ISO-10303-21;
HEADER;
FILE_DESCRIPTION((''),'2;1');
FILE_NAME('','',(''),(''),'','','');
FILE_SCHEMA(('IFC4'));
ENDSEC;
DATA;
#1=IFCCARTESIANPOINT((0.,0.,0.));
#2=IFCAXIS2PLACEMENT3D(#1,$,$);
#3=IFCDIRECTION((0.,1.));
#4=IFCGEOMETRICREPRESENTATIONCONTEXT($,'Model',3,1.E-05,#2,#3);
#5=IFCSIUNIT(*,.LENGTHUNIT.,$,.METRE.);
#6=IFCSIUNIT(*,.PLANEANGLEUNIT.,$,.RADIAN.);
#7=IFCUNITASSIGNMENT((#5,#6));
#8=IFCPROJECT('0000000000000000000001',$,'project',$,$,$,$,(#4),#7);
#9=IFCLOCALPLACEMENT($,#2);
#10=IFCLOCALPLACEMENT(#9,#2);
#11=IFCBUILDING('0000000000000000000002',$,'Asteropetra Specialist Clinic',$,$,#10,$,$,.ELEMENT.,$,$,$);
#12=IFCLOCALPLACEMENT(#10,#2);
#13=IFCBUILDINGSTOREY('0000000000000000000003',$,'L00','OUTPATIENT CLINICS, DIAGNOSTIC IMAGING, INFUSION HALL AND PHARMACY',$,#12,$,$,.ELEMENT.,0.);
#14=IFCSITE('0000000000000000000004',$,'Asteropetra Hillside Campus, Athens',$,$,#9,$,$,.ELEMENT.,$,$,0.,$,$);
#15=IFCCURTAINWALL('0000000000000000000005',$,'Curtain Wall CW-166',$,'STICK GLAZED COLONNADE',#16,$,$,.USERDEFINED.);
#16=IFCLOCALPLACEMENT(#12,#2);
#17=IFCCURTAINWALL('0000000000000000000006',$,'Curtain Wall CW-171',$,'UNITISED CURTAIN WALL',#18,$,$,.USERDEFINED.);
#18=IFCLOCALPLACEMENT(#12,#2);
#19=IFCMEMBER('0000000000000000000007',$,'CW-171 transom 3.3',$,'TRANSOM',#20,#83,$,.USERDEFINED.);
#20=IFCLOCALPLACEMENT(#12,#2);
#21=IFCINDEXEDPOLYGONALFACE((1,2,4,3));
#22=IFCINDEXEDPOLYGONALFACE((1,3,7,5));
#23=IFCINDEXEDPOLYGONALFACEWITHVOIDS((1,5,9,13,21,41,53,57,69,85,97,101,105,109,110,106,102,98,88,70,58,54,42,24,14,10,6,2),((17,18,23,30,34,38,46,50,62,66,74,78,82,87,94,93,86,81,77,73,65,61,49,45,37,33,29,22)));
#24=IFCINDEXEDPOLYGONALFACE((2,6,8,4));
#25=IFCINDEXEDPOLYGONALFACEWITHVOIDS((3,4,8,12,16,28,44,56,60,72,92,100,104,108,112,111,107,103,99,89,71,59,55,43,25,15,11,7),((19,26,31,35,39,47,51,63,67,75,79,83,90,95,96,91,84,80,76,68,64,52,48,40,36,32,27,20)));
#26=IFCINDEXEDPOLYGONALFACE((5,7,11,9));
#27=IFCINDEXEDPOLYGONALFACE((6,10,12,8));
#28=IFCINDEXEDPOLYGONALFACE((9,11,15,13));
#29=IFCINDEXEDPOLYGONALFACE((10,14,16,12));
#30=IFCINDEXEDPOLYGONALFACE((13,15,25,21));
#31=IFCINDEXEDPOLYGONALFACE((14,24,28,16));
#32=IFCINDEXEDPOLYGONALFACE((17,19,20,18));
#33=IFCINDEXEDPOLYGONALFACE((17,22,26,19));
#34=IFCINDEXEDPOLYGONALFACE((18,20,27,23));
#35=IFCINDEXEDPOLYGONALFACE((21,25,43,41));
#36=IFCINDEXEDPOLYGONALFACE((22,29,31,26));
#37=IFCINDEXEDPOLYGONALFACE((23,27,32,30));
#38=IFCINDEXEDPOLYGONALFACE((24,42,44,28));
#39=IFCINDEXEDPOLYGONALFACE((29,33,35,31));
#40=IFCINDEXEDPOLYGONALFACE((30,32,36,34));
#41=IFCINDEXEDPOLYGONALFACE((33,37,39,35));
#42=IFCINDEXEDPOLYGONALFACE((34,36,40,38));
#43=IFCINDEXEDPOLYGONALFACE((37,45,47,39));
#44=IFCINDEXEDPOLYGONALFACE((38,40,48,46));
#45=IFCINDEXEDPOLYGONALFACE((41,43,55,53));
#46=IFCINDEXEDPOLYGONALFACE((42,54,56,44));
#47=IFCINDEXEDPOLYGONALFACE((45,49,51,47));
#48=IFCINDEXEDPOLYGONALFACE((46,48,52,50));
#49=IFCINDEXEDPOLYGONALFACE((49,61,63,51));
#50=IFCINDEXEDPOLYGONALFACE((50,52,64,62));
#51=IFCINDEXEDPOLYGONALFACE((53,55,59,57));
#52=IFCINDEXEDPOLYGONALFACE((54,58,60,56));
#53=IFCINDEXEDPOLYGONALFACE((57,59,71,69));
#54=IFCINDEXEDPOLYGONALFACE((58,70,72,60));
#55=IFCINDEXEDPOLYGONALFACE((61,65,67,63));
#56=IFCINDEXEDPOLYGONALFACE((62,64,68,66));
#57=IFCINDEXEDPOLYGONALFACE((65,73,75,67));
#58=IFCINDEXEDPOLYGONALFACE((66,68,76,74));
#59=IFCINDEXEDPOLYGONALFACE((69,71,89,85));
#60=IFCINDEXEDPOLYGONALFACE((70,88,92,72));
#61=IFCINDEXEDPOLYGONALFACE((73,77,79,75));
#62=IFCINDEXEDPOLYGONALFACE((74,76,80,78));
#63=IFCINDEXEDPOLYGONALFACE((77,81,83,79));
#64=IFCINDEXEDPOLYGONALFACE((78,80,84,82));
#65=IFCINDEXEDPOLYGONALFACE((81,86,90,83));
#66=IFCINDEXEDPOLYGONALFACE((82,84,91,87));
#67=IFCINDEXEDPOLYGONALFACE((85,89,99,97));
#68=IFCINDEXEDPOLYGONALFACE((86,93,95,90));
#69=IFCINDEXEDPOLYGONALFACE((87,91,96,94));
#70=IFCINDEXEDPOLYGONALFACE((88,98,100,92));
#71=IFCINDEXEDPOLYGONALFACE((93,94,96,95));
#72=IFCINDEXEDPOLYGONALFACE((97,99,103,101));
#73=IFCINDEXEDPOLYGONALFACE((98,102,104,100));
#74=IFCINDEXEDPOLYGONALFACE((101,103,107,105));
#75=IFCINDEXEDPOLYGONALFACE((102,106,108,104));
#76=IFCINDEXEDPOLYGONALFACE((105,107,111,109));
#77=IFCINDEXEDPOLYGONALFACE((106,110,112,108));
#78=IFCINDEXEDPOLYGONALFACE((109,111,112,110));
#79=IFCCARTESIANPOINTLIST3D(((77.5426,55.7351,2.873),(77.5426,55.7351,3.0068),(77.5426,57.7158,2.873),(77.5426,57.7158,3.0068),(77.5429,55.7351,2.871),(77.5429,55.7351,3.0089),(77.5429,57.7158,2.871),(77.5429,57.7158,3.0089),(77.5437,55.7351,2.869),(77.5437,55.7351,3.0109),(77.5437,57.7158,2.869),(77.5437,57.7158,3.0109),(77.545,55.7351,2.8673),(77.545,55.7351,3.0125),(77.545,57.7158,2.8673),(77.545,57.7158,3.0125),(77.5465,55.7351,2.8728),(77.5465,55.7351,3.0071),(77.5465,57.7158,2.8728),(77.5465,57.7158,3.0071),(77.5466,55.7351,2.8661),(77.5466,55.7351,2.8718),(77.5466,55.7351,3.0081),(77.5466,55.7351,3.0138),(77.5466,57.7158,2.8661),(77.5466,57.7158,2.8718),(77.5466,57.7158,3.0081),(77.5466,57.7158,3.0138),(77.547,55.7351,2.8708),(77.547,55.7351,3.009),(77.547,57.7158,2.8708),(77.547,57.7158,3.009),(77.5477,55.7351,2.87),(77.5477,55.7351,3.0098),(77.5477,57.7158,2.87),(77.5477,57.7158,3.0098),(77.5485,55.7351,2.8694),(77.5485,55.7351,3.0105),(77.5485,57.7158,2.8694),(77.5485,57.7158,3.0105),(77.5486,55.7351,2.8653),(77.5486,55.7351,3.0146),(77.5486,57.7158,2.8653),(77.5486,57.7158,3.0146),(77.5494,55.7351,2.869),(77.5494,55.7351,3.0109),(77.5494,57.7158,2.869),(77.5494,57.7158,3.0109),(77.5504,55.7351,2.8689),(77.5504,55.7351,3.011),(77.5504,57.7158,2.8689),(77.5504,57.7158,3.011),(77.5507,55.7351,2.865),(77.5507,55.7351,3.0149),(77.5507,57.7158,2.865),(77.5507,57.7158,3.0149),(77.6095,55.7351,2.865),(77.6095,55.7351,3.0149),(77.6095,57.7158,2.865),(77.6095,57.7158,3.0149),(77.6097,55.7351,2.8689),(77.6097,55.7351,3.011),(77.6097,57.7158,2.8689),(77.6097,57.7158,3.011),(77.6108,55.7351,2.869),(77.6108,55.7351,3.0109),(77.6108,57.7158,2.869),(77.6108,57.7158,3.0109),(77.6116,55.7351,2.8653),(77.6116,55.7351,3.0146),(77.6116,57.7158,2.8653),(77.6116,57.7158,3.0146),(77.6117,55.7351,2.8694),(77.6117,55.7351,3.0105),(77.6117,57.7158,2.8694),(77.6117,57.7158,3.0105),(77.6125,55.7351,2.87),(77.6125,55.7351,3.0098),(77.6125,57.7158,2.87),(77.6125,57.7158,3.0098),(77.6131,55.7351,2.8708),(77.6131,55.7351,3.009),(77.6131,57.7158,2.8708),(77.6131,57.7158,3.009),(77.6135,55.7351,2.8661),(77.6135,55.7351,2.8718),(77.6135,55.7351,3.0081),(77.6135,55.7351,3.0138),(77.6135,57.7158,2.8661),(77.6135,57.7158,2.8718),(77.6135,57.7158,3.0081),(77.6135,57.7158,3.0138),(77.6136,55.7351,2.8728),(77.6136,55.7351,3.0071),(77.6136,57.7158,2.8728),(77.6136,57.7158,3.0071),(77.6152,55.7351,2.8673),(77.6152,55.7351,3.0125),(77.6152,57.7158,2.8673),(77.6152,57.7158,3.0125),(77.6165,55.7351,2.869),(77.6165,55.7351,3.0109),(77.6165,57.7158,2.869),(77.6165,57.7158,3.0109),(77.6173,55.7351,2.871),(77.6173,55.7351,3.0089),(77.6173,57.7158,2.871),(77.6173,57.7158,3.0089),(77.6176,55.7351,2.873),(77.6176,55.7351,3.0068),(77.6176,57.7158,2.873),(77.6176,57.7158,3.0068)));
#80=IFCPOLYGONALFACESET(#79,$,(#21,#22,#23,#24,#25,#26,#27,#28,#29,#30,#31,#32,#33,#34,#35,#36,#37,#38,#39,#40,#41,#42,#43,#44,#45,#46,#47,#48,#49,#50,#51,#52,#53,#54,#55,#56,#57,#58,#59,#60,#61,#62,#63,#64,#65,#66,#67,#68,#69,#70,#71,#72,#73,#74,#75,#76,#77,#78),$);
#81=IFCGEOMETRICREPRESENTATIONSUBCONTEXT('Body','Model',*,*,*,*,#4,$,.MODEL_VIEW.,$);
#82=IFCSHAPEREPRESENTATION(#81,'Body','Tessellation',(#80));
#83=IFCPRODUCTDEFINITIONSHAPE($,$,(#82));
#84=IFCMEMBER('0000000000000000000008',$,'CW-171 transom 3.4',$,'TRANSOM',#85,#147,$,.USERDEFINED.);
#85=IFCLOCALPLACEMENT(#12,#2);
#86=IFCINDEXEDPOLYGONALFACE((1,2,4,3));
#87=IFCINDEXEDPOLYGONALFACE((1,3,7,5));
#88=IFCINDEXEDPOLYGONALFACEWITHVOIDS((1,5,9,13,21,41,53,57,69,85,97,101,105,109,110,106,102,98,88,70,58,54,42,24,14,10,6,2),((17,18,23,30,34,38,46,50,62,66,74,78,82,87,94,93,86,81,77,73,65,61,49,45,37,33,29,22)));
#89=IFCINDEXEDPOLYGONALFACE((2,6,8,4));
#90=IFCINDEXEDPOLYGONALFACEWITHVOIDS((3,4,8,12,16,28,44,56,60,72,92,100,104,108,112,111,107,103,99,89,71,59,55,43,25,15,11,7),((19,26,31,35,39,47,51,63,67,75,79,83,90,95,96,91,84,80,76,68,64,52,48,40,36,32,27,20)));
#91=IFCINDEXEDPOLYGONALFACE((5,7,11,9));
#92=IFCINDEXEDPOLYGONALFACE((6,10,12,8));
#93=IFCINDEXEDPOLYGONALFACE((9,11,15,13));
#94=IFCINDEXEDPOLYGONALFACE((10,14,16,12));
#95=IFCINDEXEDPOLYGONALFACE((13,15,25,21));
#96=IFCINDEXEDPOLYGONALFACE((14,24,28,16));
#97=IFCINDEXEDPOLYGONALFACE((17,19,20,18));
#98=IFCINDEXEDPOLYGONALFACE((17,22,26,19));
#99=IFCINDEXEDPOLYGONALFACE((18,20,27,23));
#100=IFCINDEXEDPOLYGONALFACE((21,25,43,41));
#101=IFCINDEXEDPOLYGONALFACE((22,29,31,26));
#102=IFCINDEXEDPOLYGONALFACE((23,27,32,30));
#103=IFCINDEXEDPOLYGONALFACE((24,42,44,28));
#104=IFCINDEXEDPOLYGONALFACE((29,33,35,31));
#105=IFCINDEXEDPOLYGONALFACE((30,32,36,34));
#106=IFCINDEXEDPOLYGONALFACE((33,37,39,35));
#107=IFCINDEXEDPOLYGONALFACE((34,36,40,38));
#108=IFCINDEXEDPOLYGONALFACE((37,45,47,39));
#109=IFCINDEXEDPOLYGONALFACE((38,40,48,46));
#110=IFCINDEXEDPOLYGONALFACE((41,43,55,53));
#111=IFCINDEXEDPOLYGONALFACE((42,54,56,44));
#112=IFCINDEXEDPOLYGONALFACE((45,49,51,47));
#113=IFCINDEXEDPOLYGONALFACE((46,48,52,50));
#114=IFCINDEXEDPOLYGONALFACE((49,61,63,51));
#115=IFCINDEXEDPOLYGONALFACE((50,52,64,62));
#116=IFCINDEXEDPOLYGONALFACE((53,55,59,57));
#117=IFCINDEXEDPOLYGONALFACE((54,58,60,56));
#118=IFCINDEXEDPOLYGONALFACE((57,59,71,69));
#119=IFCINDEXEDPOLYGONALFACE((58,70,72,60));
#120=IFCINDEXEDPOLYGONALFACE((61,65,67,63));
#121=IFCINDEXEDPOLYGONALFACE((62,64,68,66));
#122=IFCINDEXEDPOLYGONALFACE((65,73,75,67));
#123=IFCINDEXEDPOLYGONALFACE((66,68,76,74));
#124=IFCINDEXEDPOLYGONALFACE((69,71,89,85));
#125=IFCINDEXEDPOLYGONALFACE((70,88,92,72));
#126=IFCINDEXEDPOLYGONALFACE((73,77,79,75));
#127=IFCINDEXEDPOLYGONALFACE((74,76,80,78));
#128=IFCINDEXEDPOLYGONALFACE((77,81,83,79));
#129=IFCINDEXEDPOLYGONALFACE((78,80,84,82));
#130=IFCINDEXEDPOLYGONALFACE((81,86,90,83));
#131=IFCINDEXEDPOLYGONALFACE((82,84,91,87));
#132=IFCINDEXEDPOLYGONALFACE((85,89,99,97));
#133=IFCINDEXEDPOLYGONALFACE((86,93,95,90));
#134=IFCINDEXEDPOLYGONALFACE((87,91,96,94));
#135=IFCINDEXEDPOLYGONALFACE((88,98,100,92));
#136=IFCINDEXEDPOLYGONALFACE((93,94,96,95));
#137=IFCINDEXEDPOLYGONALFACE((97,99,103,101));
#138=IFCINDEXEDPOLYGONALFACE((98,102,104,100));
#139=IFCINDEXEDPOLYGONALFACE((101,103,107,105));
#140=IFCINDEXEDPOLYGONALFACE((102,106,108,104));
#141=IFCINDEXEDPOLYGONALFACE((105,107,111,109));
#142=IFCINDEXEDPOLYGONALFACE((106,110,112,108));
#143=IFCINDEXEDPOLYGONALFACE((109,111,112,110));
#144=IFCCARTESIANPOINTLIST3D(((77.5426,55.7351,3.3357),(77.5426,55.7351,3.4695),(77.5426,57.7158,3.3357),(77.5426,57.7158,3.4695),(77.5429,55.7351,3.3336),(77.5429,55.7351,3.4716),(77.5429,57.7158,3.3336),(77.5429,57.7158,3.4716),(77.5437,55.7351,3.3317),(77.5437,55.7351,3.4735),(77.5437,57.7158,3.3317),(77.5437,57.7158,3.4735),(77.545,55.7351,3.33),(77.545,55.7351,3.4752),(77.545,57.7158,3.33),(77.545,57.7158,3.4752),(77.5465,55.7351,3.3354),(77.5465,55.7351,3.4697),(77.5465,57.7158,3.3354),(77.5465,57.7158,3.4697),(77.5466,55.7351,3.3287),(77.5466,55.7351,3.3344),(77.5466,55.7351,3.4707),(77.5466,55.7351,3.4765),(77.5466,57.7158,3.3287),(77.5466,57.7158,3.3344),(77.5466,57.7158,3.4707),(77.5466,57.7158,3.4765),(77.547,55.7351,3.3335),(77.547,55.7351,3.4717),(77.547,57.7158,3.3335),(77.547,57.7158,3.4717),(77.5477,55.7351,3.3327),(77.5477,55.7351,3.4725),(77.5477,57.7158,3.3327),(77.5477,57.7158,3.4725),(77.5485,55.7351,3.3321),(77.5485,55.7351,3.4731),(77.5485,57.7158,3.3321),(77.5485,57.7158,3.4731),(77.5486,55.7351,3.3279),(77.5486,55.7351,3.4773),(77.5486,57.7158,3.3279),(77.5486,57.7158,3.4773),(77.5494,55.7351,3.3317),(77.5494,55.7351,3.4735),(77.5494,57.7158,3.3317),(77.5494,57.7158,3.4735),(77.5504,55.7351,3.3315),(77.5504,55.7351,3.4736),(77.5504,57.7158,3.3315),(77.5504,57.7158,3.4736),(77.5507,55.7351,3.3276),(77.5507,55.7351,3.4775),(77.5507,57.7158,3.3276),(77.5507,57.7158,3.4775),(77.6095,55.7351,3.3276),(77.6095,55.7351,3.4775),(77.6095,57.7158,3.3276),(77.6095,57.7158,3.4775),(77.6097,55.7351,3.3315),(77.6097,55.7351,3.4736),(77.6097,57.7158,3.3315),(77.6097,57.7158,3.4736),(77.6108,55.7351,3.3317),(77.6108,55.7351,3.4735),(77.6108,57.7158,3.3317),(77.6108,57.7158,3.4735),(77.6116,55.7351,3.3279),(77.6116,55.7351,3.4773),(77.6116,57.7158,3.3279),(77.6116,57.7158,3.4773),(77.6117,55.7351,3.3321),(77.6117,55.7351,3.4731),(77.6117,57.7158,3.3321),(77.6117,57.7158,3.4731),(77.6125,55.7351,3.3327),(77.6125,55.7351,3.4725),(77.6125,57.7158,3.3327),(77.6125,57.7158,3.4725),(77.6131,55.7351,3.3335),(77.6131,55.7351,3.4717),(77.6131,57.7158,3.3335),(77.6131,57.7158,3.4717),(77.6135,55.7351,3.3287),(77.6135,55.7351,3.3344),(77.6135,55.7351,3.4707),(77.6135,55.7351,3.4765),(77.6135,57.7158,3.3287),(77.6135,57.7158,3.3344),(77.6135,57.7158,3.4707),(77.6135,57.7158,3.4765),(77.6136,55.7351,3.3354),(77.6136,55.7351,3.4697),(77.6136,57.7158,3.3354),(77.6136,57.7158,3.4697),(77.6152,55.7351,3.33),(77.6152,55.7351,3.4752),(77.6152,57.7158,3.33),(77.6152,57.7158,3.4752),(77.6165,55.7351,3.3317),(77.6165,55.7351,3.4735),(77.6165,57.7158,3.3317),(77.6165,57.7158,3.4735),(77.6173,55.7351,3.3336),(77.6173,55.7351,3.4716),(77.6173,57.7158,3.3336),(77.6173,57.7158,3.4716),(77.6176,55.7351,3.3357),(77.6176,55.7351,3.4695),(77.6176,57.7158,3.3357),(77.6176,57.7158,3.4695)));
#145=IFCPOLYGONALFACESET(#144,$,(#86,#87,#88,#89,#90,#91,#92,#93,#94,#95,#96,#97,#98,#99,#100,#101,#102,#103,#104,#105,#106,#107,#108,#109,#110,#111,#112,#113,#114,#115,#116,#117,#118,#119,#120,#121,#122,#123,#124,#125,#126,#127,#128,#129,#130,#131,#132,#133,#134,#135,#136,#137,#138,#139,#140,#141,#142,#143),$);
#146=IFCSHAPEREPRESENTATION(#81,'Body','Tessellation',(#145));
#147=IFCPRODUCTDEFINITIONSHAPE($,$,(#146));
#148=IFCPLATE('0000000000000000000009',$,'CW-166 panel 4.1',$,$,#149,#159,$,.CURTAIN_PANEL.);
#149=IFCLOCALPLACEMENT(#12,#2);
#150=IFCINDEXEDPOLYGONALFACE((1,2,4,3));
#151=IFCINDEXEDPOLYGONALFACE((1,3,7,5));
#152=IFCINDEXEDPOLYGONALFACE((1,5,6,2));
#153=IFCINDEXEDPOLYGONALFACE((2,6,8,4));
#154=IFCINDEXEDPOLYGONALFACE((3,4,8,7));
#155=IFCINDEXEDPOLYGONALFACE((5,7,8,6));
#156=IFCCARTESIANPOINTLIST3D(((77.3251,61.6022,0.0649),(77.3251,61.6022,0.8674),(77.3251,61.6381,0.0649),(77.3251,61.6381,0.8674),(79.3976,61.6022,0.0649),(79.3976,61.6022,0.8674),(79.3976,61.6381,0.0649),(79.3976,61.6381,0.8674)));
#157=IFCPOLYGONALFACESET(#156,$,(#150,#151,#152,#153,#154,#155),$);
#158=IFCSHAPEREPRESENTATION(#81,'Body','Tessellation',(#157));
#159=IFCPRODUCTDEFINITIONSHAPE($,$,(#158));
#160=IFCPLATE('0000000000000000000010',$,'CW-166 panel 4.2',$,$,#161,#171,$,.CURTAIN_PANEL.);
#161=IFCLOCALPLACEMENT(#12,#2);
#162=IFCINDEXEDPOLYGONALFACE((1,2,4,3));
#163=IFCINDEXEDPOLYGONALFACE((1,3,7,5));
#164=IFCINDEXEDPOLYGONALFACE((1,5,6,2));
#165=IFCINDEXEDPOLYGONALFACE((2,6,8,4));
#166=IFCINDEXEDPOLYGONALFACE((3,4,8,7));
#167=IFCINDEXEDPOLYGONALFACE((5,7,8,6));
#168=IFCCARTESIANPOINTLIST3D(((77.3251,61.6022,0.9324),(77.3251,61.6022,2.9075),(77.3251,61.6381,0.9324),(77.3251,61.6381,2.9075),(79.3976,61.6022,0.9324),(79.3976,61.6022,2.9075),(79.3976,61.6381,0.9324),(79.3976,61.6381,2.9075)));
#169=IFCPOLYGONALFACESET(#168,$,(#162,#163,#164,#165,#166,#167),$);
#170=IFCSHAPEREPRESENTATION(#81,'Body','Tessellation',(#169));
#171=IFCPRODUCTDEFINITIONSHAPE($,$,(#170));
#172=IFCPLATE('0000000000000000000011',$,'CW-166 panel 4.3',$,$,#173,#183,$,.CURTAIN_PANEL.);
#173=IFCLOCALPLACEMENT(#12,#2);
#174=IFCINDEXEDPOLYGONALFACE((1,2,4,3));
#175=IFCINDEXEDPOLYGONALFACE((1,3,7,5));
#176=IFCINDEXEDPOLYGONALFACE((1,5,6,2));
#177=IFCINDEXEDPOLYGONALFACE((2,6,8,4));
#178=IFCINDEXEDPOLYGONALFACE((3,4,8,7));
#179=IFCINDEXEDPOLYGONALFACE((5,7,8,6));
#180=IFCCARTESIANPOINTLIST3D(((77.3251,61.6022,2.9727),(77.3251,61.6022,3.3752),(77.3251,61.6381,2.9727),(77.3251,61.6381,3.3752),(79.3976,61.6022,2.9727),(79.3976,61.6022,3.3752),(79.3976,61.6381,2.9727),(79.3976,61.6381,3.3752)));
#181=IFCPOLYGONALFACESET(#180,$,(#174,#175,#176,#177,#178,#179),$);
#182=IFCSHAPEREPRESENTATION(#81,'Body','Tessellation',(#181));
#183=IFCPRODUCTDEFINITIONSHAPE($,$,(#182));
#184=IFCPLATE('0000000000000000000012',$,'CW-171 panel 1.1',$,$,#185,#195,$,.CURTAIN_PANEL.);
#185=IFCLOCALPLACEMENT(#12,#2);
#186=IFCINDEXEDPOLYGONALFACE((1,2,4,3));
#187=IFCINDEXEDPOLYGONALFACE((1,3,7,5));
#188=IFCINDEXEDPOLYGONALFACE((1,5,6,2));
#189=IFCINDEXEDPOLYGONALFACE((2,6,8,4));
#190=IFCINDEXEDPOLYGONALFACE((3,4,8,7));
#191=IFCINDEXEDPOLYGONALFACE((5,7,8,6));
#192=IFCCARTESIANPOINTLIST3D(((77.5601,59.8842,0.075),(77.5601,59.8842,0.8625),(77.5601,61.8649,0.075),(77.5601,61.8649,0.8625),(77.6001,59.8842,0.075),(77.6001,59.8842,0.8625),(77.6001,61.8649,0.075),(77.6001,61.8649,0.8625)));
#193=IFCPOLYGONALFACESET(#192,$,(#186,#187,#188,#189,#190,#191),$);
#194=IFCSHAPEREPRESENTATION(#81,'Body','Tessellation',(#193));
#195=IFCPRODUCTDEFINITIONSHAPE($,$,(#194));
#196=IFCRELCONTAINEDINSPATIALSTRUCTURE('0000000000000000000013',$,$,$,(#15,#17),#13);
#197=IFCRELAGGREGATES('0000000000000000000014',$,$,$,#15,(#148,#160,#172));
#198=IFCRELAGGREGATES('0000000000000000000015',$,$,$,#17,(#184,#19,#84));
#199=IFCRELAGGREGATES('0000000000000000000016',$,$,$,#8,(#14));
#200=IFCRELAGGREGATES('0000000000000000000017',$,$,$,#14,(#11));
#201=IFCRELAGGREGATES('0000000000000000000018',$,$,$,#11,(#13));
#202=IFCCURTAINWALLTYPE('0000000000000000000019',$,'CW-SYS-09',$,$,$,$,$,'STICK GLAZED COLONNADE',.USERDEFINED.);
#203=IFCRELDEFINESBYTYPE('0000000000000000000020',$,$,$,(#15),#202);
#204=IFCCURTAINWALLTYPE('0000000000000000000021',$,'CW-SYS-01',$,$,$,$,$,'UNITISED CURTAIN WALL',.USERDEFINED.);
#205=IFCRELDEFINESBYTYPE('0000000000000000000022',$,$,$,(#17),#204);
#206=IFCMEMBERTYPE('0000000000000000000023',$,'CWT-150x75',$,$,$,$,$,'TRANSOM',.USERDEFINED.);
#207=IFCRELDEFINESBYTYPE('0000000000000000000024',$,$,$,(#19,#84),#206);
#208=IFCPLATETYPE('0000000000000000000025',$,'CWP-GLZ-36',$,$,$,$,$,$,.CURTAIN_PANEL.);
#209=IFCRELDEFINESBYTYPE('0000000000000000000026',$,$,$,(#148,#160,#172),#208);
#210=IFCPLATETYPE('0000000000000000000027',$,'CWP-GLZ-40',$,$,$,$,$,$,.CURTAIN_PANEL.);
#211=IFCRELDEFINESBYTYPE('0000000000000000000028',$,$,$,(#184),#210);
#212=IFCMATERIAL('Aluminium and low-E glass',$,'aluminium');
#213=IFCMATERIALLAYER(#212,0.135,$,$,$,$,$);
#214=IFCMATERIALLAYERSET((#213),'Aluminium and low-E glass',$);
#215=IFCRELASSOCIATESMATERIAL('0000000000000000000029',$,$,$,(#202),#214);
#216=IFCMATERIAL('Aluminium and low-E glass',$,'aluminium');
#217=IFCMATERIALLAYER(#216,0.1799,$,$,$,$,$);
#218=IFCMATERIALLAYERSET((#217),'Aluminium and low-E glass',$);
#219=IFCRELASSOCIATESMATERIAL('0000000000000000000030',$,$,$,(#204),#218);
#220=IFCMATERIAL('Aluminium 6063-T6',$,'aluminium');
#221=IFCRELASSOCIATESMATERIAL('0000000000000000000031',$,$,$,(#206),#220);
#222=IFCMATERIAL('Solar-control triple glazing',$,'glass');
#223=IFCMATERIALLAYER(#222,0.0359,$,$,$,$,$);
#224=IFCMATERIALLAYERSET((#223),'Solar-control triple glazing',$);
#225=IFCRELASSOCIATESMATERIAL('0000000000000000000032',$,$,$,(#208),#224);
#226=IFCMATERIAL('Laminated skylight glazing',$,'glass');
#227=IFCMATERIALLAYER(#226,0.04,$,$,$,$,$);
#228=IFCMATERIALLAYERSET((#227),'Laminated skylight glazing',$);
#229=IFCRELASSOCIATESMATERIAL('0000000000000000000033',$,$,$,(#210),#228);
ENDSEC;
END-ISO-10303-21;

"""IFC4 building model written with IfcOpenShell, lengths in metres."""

from ifc_helpers import new_model, si_unit, direction, frame, origin, origin_2d, place, context, subcontext, project, spatial, rectangle, hollow_rectangle, extrude, material, layer, layer_set, material_profile, profile_set, type_object, element, aggregate, save


model = new_model("IFC4")

# Units and contexts
model_context = context("Model", 3, precision=1e-05, world=origin(), true_north=direction((0.0, 1.0)))
body_context = subcontext(model_context, "Body", "Model", "MODEL_VIEW")
ifc_project = project(units=[si_unit("LENGTHUNIT", "METRE"), si_unit("PLANEANGLEUNIT", "RADIAN")], contexts=[model_context])

# Site, building, storey
site_placement = place(None, origin())
site = spatial("IfcSite", under=ifc_project, at=site_placement, Name="Asteropetra Hillside Campus, Athens", CompositionType="ELEMENT", RefElevation=0.0)
building_placement = place(site_placement, origin())
building = spatial("IfcBuilding", under=site, at=building_placement, Name="Asteropetra Specialist Clinic", CompositionType="ELEMENT")
storey_placement = place(building_placement, origin())
storey = spatial("IfcBuildingStorey", under=building, at=storey_placement, Name="L00", Description="OUTPATIENT CLINICS, DIAGNOSTIC IMAGING, INFUSION HALL AND PHARMACY", CompositionType="ELEMENT", Elevation=0.0)

# Curtain wall
ifc_material_1 = material(Name="Aluminium and low-E glass", Category="aluminium")
ifc_layer_1 = layer(ifc_material_1, 0.135)
ifc_layer_set_1 = layer_set([ifc_layer_1], Name="Aluminium and low-E glass")
curtain_wall_type_1 = type_object("IfcCurtainWallType", Name="CW-SYS-09", ElementType="STICK GLAZED COLONNADE", PredefinedType="USERDEFINED", material=ifc_layer_set_1)
curtain_wall_1_placement = place(storey_placement, origin())
curtain_wall_1 = element("IfcCurtainWall", 1, at=curtain_wall_1_placement, inside=storey, type_object=curtain_wall_type_1, Name="Curtain Wall CW-166", ObjectType="STICK GLAZED COLONNADE", PredefinedType="USERDEFINED")

# Curtain wall, members
ifc_material_2 = material(Name="Aluminium and low-E glass", Category="aluminium")
ifc_layer_2 = layer(ifc_material_2, 0.1799)
ifc_layer_set_2 = layer_set([ifc_layer_2], Name="Aluminium and low-E glass")
curtain_wall_type_2 = type_object("IfcCurtainWallType", Name="CW-SYS-01", ElementType="UNITISED CURTAIN WALL", PredefinedType="USERDEFINED", material=ifc_layer_set_2)
curtain_wall_2_placement = place(storey_placement, origin())
curtain_wall_2 = element("IfcCurtainWall", 2, at=curtain_wall_2_placement, inside=storey, type_object=curtain_wall_type_2, Name="Curtain Wall CW-171", ObjectType="UNITISED CURTAIN WALL", PredefinedType="USERDEFINED")
ifc_material_3 = material(Name="Aluminium 6063-T6", Category="aluminium")
ifc_material_profile_1 = material_profile(ifc_material_3, hollow_rectangle(XDim=0.075, YDim=0.1499, WallThickness=0.0039, InnerFilletRadius=0.0039, OuterFilletRadius=0.0081, at=origin_2d()), Name="TRN 150x75x4.0")
ifc_profile_set_1 = profile_set([ifc_material_profile_1], Name="Aluminium 6063-T6")
member_type_1 = type_object("IfcMemberType", Name="CWT-150x75", ElementType="TRANSOM", PredefinedType="USERDEFINED", material=ifc_profile_set_1)
member_1_placement = place(storey_placement, frame((77.5801, 57.7158, 2.9399), z_axis=(0.0, -1.0, 0.0), x_axis=(1.0, 0.0, 0.0)))
member_1 = element("IfcMember", 3, at=member_1_placement, type_object=member_type_1, Name="CW-171 transom 3.3", ObjectType="TRANSOM", PredefinedType="USERDEFINED", context=body_context, shape_type="SweptSolid", body=[
    extrude(hollow_rectangle(XDim=0.075, YDim=0.1499, WallThickness=0.0039, InnerFilletRadius=0.0039, OuterFilletRadius=0.0081, at=origin_2d()), origin(), (0.0, 0.0, 1.0), 1.9807),
])
member_2_placement = place(storey_placement, frame((77.5801, 57.7158, 3.4026), z_axis=(0.0, -1.0, 0.0), x_axis=(1.0, 0.0, 0.0)))
member_2 = element("IfcMember", 4, at=member_2_placement, type_object=member_type_1, Name="CW-171 transom 3.4", ObjectType="TRANSOM", PredefinedType="USERDEFINED", context=body_context, shape_type="SweptSolid", body=[
    extrude(hollow_rectangle(XDim=0.075, YDim=0.1499, WallThickness=0.0039, InnerFilletRadius=0.0039, OuterFilletRadius=0.0081, at=origin_2d()), origin(), (0.0, 0.0, 1.0), 1.9807),
])

# Plates
ifc_material_4 = material(Name="Solar-control triple glazing", Category="glass")
ifc_layer_3 = layer(ifc_material_4, 0.0359)
ifc_layer_set_3 = layer_set([ifc_layer_3], Name="Solar-control triple glazing")
plate_type_1 = type_object("IfcPlateType", Name="CWP-GLZ-36", PredefinedType="CURTAIN_PANEL", material=ifc_layer_set_3)
plate_1_placement = place(storey_placement, frame((78.3613, 61.6201, 0.0649), z_axis=(0.0, 0.0, 1.0), x_axis=(-1.0, 0.0, 0.0)))
plate_1 = element("IfcPlate", 5, at=plate_1_placement, type_object=plate_type_1, Name="CW-166 panel 4.1", PredefinedType="CURTAIN_PANEL", context=body_context, shape_type="SweptSolid", body=[
    extrude(rectangle(XDim=2.0725, YDim=0.0359, at=origin_2d()), origin(), (0.0, 0.0, 1.0), 0.8025),
])
plate_2_placement = place(storey_placement, frame((78.3613, 61.6201, 0.9324), z_axis=(0.0, 0.0, 1.0), x_axis=(-1.0, 0.0, 0.0)))
plate_2 = element("IfcPlate", 6, at=plate_2_placement, type_object=plate_type_1, Name="CW-166 panel 4.2", PredefinedType="CURTAIN_PANEL", context=body_context, shape_type="SweptSolid", body=[
    extrude(rectangle(XDim=2.0725, YDim=0.0359, at=origin_2d()), origin(), (0.0, 0.0, 1.0), 1.9751),
])
plate_3_placement = place(storey_placement, frame((78.3613, 61.6201, 2.9727), z_axis=(0.0, 0.0, 1.0), x_axis=(-1.0, 0.0, 0.0)))
plate_3 = element("IfcPlate", 7, at=plate_3_placement, type_object=plate_type_1, Name="CW-166 panel 4.3", PredefinedType="CURTAIN_PANEL", context=body_context, shape_type="SweptSolid", body=[
    extrude(rectangle(XDim=2.0725, YDim=0.0359, at=origin_2d()), origin(), (0.0, 0.0, 1.0), 0.4026),
])
aggregate(curtain_wall_1, [plate_1, plate_2, plate_3])
ifc_material_5 = material(Name="Laminated skylight glazing", Category="glass")
ifc_layer_4 = layer(ifc_material_5, 0.04)
ifc_layer_set_4 = layer_set([ifc_layer_4], Name="Laminated skylight glazing")
plate_type_2 = type_object("IfcPlateType", Name="CWP-GLZ-40", PredefinedType="CURTAIN_PANEL", material=ifc_layer_set_4)
plate_4_placement = place(storey_placement, frame((77.5801, 60.8745, 0.075), z_axis=(0.0, 0.0, 1.0), x_axis=(0.0, -1.0, 0.0)))
plate_4 = element("IfcPlate", 8, at=plate_4_placement, type_object=plate_type_2, Name="CW-171 panel 1.1", PredefinedType="CURTAIN_PANEL", context=body_context, shape_type="SweptSolid", body=[
    extrude(rectangle(XDim=1.9807, YDim=0.04, at=origin_2d()), origin(), (0.0, 0.0, 1.0), 0.7876),
])
aggregate(curtain_wall_2, [plate_4, member_1, member_2])

save(model, "model.ifc")
